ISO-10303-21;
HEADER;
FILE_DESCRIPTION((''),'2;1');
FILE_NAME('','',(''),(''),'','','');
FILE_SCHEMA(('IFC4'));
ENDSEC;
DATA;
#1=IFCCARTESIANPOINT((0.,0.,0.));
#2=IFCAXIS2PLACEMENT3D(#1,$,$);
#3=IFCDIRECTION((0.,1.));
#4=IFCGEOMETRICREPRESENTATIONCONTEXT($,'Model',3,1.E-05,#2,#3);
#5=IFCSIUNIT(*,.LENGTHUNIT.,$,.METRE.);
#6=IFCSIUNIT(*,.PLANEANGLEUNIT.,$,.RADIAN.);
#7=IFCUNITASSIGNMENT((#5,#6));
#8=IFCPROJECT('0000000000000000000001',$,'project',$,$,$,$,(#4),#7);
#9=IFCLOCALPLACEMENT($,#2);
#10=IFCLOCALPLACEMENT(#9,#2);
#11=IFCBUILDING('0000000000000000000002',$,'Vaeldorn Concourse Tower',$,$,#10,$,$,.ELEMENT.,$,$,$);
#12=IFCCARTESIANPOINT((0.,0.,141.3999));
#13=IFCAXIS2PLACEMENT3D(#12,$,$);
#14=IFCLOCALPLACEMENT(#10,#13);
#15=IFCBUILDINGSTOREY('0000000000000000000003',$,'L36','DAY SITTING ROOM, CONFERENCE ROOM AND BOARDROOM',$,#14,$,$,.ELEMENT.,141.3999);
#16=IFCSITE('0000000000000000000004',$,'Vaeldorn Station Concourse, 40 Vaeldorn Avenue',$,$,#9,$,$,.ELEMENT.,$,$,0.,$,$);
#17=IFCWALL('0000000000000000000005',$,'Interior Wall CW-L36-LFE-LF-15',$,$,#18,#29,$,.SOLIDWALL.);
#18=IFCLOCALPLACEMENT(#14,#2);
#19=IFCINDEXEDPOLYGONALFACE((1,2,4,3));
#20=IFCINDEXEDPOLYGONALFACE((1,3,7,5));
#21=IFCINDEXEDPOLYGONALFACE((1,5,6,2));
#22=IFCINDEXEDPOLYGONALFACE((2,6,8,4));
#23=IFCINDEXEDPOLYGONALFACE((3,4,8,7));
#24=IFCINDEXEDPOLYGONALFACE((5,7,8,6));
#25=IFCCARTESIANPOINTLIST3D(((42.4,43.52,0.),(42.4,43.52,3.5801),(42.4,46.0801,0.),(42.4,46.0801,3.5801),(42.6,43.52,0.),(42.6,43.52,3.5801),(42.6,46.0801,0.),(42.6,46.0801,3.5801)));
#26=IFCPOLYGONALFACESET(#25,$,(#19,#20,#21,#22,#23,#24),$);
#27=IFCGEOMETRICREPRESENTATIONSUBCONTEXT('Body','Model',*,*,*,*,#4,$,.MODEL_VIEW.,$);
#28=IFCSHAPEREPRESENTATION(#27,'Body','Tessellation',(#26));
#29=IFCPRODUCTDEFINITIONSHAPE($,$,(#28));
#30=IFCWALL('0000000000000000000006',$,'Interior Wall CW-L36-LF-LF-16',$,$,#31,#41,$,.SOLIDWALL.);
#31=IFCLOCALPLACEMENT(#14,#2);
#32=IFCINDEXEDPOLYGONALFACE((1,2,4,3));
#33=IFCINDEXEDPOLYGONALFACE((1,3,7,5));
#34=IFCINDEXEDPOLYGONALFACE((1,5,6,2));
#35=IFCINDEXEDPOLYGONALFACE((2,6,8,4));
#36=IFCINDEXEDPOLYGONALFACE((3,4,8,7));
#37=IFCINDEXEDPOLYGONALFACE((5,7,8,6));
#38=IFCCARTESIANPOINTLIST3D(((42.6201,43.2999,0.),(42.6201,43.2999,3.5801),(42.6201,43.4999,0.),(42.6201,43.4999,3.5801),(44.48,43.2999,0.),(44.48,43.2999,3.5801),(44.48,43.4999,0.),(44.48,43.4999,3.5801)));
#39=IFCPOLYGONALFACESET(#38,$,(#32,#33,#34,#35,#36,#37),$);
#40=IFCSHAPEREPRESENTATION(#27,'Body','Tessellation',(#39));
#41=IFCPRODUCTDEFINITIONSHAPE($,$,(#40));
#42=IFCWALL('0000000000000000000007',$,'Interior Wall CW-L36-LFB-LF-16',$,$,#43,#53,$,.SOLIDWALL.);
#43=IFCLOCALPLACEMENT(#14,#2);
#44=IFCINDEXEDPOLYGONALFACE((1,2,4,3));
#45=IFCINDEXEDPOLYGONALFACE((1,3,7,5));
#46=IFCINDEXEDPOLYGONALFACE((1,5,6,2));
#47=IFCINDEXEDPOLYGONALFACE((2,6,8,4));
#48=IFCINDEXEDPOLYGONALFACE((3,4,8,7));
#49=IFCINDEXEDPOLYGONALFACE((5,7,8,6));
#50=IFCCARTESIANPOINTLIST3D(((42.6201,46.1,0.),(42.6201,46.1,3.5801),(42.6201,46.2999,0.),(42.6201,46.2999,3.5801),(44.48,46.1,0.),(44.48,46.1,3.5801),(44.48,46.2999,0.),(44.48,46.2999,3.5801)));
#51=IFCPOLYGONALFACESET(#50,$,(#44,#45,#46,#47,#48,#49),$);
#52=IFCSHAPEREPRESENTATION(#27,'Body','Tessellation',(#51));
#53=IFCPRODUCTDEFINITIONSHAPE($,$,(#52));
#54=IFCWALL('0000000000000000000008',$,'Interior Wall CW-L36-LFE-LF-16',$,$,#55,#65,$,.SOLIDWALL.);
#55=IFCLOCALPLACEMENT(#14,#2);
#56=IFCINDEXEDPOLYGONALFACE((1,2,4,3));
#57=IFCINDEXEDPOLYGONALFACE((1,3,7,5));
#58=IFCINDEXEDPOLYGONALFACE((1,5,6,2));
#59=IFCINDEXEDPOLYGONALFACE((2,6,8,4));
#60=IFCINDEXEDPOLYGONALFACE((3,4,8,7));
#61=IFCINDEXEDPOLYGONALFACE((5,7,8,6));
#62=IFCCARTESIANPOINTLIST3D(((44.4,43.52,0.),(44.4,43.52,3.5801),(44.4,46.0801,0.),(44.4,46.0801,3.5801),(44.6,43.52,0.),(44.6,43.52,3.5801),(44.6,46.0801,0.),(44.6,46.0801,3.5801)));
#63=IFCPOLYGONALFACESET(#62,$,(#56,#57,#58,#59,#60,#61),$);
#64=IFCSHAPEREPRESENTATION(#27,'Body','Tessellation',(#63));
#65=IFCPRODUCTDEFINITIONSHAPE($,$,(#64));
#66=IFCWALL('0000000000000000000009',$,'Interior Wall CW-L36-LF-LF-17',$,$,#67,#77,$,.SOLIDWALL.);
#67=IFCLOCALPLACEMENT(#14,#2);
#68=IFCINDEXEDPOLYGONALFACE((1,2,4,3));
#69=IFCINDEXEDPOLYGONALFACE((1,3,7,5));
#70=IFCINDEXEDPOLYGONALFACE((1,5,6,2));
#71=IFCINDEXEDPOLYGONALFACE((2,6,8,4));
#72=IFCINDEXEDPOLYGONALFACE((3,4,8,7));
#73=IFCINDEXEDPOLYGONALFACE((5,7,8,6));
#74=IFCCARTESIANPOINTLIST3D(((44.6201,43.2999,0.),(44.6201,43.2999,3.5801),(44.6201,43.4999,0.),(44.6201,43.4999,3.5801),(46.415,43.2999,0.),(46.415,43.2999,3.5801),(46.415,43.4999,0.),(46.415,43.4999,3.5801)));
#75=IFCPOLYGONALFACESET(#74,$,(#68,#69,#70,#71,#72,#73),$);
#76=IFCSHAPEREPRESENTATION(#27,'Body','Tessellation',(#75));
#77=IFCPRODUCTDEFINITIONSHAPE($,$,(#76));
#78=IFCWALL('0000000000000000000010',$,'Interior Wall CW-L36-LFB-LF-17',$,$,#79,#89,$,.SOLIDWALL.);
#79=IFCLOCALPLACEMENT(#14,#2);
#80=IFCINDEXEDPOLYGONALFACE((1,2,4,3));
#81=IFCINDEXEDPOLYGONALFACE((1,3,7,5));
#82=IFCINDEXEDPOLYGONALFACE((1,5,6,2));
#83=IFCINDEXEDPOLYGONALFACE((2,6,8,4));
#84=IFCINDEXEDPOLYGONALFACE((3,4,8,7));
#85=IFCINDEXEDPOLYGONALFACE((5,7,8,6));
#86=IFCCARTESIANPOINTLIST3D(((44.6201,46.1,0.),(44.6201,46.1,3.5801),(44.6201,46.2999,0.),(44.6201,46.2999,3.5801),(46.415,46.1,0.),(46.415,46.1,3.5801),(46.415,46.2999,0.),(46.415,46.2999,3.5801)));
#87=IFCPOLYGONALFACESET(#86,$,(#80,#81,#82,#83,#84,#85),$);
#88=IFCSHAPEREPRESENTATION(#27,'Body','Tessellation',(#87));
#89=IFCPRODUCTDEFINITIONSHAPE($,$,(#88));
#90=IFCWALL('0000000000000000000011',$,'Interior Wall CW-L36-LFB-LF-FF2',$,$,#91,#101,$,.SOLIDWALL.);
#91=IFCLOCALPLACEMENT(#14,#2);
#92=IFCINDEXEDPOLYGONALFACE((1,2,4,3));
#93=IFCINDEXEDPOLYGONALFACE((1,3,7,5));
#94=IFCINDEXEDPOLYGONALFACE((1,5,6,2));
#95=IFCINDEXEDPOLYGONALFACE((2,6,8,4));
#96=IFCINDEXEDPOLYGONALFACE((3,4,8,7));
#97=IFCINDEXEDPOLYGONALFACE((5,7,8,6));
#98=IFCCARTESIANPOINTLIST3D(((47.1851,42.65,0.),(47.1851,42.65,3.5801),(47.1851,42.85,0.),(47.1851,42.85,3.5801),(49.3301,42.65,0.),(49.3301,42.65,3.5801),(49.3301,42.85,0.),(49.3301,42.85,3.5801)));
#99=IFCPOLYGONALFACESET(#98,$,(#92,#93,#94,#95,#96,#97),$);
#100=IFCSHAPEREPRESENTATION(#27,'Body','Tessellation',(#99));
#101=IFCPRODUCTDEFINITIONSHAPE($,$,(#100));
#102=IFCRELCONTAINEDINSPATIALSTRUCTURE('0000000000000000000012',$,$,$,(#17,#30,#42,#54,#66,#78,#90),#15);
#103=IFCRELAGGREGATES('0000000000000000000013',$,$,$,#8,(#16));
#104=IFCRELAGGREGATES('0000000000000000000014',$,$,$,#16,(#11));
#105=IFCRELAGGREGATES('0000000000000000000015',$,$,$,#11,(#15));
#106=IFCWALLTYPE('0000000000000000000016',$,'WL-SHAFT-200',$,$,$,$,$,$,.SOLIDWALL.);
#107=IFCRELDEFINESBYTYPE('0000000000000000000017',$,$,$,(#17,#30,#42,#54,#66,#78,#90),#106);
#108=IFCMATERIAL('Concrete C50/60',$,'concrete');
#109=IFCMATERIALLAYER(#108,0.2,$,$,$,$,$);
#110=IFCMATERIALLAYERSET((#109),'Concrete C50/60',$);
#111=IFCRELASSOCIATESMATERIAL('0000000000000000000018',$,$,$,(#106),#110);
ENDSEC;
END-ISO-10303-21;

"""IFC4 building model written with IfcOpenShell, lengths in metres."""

from ifc_helpers import new_model, si_unit, direction, frame, frame_2d, origin, place, context, subcontext, project, spatial, rectangle, extrude, material, layer, layer_set, type_object, element, save


model = new_model("IFC4")

# Units and contexts
model_context = context("Model", 3, precision=1e-05, world=origin(), true_north=direction((0.0, 1.0)))
body_context = subcontext(model_context, "Body", "Model", "MODEL_VIEW")
ifc_project = project(units=[si_unit("LENGTHUNIT", "METRE"), si_unit("PLANEANGLEUNIT", "RADIAN")], contexts=[model_context])

# Site, building, storey
site_placement = place(None, origin())
site = spatial("IfcSite", under=ifc_project, at=site_placement, Name="Vaeldorn Station Concourse, 40 Vaeldorn Avenue", CompositionType="ELEMENT", RefElevation=0.0)
building_placement = place(site_placement, origin())
building = spatial("IfcBuilding", under=site, at=building_placement, Name="Vaeldorn Concourse Tower", CompositionType="ELEMENT")
storey_placement = place(building_placement, frame((0.0, 0.0, 141.3999)))
storey = spatial("IfcBuildingStorey", under=building, at=storey_placement, Name="L36", Description="DAY SITTING ROOM, CONFERENCE ROOM AND BOARDROOM", CompositionType="ELEMENT", Elevation=141.3999)

# Shared definitions
ifc_material_1 = material(Name="Concrete C50/60", Category="concrete")
ifc_layer_1 = layer(ifc_material_1, 0.2)
ifc_layer_set_1 = layer_set([ifc_layer_1], Name="Concrete C50/60")
wall_type_1 = type_object("IfcWallType", Name="WL-SHAFT-200", PredefinedType="SOLIDWALL", material=ifc_layer_set_1)

# Walls
wall_1_placement = place(storey_placement, frame((42.5, 43.52, 0.0), z_axis=(0.0, 0.0, 1.0), x_axis=(0.0, 1.0, 0.0)))
element("IfcWall", 1, at=wall_1_placement, inside=storey, type_object=wall_type_1, Name="Interior Wall CW-L36-LFE-LF-15", PredefinedType="SOLIDWALL", context=body_context, shape_type="SweptSolid", body=[
    extrude(rectangle(XDim=2.5601, YDim=0.2, at=frame_2d((1.28, 0.0))), origin(), (0.0, 0.0, 1.0), 3.5801),
])
for number, where, z_axis, x_axis, name in (
    (2, (42.6201, 43.3999, 0.0), (0.0, 0.0, 1.0), (1.0, 0.0, 0.0), "Interior Wall CW-L36-LF-LF-16"),
    (3, (42.6201, 46.2, 0.0), (0.0, 0.0, 1.0), (1.0, 0.0, 0.0), "Interior Wall CW-L36-LFB-LF-16"),
):
    element("IfcWall", number, at=place(storey_placement, frame(where, z_axis=z_axis, x_axis=x_axis)), inside=storey, type_object=wall_type_1, Name=name, PredefinedType="SOLIDWALL", context=body_context, shape_type="SweptSolid", body=[
        extrude(rectangle(XDim=1.8599, YDim=0.2, at=frame_2d((0.9299, 0.0))), origin(), (0.0, 0.0, 1.0), 3.5801),
    ])
wall_2_placement = place(storey_placement, frame((44.5, 43.52, 0.0), z_axis=(0.0, 0.0, 1.0), x_axis=(0.0, 1.0, 0.0)))
element("IfcWall", 4, at=wall_2_placement, inside=storey, type_object=wall_type_1, Name="Interior Wall CW-L36-LFE-LF-16", PredefinedType="SOLIDWALL", context=body_context, shape_type="SweptSolid", body=[
    extrude(rectangle(XDim=2.5601, YDim=0.2, at=frame_2d((1.28, 0.0))), origin(), (0.0, 0.0, 1.0), 3.5801),
])
for number, where, z_axis, x_axis, name in (
    (5, (44.6201, 43.3999, 0.0), (0.0, 0.0, 1.0), (1.0, 0.0, 0.0), "Interior Wall CW-L36-LF-LF-17"),
    (6, (44.6201, 46.2, 0.0), (0.0, 0.0, 1.0), (1.0, 0.0, 0.0), "Interior Wall CW-L36-LFB-LF-17"),
):
    element("IfcWall", number, at=place(storey_placement, frame(where, z_axis=z_axis, x_axis=x_axis)), inside=storey, type_object=wall_type_1, Name=name, PredefinedType="SOLIDWALL", context=body_context, shape_type="SweptSolid", body=[
        extrude(rectangle(XDim=1.7949, YDim=0.2, at=frame_2d((0.8975, 0.0))), origin(), (0.0, 0.0, 1.0), 3.5801),
    ])

# Wall
wall_3_placement = place(storey_placement, frame((47.1851, 42.75, 0.0), z_axis=(0.0, 0.0, 1.0), x_axis=(1.0, 0.0, 0.0)))
element("IfcWall", 7, at=wall_3_placement, inside=storey, type_object=wall_type_1, Name="Interior Wall CW-L36-LFB-LF-FF2", PredefinedType="SOLIDWALL", context=body_context, shape_type="SweptSolid", body=[
    extrude(rectangle(XDim=2.145, YDim=0.2, at=frame_2d((1.0725, 0.0))), origin(), (0.0, 0.0, 1.0), 3.5801),
])

save(model, "model.ifc")
